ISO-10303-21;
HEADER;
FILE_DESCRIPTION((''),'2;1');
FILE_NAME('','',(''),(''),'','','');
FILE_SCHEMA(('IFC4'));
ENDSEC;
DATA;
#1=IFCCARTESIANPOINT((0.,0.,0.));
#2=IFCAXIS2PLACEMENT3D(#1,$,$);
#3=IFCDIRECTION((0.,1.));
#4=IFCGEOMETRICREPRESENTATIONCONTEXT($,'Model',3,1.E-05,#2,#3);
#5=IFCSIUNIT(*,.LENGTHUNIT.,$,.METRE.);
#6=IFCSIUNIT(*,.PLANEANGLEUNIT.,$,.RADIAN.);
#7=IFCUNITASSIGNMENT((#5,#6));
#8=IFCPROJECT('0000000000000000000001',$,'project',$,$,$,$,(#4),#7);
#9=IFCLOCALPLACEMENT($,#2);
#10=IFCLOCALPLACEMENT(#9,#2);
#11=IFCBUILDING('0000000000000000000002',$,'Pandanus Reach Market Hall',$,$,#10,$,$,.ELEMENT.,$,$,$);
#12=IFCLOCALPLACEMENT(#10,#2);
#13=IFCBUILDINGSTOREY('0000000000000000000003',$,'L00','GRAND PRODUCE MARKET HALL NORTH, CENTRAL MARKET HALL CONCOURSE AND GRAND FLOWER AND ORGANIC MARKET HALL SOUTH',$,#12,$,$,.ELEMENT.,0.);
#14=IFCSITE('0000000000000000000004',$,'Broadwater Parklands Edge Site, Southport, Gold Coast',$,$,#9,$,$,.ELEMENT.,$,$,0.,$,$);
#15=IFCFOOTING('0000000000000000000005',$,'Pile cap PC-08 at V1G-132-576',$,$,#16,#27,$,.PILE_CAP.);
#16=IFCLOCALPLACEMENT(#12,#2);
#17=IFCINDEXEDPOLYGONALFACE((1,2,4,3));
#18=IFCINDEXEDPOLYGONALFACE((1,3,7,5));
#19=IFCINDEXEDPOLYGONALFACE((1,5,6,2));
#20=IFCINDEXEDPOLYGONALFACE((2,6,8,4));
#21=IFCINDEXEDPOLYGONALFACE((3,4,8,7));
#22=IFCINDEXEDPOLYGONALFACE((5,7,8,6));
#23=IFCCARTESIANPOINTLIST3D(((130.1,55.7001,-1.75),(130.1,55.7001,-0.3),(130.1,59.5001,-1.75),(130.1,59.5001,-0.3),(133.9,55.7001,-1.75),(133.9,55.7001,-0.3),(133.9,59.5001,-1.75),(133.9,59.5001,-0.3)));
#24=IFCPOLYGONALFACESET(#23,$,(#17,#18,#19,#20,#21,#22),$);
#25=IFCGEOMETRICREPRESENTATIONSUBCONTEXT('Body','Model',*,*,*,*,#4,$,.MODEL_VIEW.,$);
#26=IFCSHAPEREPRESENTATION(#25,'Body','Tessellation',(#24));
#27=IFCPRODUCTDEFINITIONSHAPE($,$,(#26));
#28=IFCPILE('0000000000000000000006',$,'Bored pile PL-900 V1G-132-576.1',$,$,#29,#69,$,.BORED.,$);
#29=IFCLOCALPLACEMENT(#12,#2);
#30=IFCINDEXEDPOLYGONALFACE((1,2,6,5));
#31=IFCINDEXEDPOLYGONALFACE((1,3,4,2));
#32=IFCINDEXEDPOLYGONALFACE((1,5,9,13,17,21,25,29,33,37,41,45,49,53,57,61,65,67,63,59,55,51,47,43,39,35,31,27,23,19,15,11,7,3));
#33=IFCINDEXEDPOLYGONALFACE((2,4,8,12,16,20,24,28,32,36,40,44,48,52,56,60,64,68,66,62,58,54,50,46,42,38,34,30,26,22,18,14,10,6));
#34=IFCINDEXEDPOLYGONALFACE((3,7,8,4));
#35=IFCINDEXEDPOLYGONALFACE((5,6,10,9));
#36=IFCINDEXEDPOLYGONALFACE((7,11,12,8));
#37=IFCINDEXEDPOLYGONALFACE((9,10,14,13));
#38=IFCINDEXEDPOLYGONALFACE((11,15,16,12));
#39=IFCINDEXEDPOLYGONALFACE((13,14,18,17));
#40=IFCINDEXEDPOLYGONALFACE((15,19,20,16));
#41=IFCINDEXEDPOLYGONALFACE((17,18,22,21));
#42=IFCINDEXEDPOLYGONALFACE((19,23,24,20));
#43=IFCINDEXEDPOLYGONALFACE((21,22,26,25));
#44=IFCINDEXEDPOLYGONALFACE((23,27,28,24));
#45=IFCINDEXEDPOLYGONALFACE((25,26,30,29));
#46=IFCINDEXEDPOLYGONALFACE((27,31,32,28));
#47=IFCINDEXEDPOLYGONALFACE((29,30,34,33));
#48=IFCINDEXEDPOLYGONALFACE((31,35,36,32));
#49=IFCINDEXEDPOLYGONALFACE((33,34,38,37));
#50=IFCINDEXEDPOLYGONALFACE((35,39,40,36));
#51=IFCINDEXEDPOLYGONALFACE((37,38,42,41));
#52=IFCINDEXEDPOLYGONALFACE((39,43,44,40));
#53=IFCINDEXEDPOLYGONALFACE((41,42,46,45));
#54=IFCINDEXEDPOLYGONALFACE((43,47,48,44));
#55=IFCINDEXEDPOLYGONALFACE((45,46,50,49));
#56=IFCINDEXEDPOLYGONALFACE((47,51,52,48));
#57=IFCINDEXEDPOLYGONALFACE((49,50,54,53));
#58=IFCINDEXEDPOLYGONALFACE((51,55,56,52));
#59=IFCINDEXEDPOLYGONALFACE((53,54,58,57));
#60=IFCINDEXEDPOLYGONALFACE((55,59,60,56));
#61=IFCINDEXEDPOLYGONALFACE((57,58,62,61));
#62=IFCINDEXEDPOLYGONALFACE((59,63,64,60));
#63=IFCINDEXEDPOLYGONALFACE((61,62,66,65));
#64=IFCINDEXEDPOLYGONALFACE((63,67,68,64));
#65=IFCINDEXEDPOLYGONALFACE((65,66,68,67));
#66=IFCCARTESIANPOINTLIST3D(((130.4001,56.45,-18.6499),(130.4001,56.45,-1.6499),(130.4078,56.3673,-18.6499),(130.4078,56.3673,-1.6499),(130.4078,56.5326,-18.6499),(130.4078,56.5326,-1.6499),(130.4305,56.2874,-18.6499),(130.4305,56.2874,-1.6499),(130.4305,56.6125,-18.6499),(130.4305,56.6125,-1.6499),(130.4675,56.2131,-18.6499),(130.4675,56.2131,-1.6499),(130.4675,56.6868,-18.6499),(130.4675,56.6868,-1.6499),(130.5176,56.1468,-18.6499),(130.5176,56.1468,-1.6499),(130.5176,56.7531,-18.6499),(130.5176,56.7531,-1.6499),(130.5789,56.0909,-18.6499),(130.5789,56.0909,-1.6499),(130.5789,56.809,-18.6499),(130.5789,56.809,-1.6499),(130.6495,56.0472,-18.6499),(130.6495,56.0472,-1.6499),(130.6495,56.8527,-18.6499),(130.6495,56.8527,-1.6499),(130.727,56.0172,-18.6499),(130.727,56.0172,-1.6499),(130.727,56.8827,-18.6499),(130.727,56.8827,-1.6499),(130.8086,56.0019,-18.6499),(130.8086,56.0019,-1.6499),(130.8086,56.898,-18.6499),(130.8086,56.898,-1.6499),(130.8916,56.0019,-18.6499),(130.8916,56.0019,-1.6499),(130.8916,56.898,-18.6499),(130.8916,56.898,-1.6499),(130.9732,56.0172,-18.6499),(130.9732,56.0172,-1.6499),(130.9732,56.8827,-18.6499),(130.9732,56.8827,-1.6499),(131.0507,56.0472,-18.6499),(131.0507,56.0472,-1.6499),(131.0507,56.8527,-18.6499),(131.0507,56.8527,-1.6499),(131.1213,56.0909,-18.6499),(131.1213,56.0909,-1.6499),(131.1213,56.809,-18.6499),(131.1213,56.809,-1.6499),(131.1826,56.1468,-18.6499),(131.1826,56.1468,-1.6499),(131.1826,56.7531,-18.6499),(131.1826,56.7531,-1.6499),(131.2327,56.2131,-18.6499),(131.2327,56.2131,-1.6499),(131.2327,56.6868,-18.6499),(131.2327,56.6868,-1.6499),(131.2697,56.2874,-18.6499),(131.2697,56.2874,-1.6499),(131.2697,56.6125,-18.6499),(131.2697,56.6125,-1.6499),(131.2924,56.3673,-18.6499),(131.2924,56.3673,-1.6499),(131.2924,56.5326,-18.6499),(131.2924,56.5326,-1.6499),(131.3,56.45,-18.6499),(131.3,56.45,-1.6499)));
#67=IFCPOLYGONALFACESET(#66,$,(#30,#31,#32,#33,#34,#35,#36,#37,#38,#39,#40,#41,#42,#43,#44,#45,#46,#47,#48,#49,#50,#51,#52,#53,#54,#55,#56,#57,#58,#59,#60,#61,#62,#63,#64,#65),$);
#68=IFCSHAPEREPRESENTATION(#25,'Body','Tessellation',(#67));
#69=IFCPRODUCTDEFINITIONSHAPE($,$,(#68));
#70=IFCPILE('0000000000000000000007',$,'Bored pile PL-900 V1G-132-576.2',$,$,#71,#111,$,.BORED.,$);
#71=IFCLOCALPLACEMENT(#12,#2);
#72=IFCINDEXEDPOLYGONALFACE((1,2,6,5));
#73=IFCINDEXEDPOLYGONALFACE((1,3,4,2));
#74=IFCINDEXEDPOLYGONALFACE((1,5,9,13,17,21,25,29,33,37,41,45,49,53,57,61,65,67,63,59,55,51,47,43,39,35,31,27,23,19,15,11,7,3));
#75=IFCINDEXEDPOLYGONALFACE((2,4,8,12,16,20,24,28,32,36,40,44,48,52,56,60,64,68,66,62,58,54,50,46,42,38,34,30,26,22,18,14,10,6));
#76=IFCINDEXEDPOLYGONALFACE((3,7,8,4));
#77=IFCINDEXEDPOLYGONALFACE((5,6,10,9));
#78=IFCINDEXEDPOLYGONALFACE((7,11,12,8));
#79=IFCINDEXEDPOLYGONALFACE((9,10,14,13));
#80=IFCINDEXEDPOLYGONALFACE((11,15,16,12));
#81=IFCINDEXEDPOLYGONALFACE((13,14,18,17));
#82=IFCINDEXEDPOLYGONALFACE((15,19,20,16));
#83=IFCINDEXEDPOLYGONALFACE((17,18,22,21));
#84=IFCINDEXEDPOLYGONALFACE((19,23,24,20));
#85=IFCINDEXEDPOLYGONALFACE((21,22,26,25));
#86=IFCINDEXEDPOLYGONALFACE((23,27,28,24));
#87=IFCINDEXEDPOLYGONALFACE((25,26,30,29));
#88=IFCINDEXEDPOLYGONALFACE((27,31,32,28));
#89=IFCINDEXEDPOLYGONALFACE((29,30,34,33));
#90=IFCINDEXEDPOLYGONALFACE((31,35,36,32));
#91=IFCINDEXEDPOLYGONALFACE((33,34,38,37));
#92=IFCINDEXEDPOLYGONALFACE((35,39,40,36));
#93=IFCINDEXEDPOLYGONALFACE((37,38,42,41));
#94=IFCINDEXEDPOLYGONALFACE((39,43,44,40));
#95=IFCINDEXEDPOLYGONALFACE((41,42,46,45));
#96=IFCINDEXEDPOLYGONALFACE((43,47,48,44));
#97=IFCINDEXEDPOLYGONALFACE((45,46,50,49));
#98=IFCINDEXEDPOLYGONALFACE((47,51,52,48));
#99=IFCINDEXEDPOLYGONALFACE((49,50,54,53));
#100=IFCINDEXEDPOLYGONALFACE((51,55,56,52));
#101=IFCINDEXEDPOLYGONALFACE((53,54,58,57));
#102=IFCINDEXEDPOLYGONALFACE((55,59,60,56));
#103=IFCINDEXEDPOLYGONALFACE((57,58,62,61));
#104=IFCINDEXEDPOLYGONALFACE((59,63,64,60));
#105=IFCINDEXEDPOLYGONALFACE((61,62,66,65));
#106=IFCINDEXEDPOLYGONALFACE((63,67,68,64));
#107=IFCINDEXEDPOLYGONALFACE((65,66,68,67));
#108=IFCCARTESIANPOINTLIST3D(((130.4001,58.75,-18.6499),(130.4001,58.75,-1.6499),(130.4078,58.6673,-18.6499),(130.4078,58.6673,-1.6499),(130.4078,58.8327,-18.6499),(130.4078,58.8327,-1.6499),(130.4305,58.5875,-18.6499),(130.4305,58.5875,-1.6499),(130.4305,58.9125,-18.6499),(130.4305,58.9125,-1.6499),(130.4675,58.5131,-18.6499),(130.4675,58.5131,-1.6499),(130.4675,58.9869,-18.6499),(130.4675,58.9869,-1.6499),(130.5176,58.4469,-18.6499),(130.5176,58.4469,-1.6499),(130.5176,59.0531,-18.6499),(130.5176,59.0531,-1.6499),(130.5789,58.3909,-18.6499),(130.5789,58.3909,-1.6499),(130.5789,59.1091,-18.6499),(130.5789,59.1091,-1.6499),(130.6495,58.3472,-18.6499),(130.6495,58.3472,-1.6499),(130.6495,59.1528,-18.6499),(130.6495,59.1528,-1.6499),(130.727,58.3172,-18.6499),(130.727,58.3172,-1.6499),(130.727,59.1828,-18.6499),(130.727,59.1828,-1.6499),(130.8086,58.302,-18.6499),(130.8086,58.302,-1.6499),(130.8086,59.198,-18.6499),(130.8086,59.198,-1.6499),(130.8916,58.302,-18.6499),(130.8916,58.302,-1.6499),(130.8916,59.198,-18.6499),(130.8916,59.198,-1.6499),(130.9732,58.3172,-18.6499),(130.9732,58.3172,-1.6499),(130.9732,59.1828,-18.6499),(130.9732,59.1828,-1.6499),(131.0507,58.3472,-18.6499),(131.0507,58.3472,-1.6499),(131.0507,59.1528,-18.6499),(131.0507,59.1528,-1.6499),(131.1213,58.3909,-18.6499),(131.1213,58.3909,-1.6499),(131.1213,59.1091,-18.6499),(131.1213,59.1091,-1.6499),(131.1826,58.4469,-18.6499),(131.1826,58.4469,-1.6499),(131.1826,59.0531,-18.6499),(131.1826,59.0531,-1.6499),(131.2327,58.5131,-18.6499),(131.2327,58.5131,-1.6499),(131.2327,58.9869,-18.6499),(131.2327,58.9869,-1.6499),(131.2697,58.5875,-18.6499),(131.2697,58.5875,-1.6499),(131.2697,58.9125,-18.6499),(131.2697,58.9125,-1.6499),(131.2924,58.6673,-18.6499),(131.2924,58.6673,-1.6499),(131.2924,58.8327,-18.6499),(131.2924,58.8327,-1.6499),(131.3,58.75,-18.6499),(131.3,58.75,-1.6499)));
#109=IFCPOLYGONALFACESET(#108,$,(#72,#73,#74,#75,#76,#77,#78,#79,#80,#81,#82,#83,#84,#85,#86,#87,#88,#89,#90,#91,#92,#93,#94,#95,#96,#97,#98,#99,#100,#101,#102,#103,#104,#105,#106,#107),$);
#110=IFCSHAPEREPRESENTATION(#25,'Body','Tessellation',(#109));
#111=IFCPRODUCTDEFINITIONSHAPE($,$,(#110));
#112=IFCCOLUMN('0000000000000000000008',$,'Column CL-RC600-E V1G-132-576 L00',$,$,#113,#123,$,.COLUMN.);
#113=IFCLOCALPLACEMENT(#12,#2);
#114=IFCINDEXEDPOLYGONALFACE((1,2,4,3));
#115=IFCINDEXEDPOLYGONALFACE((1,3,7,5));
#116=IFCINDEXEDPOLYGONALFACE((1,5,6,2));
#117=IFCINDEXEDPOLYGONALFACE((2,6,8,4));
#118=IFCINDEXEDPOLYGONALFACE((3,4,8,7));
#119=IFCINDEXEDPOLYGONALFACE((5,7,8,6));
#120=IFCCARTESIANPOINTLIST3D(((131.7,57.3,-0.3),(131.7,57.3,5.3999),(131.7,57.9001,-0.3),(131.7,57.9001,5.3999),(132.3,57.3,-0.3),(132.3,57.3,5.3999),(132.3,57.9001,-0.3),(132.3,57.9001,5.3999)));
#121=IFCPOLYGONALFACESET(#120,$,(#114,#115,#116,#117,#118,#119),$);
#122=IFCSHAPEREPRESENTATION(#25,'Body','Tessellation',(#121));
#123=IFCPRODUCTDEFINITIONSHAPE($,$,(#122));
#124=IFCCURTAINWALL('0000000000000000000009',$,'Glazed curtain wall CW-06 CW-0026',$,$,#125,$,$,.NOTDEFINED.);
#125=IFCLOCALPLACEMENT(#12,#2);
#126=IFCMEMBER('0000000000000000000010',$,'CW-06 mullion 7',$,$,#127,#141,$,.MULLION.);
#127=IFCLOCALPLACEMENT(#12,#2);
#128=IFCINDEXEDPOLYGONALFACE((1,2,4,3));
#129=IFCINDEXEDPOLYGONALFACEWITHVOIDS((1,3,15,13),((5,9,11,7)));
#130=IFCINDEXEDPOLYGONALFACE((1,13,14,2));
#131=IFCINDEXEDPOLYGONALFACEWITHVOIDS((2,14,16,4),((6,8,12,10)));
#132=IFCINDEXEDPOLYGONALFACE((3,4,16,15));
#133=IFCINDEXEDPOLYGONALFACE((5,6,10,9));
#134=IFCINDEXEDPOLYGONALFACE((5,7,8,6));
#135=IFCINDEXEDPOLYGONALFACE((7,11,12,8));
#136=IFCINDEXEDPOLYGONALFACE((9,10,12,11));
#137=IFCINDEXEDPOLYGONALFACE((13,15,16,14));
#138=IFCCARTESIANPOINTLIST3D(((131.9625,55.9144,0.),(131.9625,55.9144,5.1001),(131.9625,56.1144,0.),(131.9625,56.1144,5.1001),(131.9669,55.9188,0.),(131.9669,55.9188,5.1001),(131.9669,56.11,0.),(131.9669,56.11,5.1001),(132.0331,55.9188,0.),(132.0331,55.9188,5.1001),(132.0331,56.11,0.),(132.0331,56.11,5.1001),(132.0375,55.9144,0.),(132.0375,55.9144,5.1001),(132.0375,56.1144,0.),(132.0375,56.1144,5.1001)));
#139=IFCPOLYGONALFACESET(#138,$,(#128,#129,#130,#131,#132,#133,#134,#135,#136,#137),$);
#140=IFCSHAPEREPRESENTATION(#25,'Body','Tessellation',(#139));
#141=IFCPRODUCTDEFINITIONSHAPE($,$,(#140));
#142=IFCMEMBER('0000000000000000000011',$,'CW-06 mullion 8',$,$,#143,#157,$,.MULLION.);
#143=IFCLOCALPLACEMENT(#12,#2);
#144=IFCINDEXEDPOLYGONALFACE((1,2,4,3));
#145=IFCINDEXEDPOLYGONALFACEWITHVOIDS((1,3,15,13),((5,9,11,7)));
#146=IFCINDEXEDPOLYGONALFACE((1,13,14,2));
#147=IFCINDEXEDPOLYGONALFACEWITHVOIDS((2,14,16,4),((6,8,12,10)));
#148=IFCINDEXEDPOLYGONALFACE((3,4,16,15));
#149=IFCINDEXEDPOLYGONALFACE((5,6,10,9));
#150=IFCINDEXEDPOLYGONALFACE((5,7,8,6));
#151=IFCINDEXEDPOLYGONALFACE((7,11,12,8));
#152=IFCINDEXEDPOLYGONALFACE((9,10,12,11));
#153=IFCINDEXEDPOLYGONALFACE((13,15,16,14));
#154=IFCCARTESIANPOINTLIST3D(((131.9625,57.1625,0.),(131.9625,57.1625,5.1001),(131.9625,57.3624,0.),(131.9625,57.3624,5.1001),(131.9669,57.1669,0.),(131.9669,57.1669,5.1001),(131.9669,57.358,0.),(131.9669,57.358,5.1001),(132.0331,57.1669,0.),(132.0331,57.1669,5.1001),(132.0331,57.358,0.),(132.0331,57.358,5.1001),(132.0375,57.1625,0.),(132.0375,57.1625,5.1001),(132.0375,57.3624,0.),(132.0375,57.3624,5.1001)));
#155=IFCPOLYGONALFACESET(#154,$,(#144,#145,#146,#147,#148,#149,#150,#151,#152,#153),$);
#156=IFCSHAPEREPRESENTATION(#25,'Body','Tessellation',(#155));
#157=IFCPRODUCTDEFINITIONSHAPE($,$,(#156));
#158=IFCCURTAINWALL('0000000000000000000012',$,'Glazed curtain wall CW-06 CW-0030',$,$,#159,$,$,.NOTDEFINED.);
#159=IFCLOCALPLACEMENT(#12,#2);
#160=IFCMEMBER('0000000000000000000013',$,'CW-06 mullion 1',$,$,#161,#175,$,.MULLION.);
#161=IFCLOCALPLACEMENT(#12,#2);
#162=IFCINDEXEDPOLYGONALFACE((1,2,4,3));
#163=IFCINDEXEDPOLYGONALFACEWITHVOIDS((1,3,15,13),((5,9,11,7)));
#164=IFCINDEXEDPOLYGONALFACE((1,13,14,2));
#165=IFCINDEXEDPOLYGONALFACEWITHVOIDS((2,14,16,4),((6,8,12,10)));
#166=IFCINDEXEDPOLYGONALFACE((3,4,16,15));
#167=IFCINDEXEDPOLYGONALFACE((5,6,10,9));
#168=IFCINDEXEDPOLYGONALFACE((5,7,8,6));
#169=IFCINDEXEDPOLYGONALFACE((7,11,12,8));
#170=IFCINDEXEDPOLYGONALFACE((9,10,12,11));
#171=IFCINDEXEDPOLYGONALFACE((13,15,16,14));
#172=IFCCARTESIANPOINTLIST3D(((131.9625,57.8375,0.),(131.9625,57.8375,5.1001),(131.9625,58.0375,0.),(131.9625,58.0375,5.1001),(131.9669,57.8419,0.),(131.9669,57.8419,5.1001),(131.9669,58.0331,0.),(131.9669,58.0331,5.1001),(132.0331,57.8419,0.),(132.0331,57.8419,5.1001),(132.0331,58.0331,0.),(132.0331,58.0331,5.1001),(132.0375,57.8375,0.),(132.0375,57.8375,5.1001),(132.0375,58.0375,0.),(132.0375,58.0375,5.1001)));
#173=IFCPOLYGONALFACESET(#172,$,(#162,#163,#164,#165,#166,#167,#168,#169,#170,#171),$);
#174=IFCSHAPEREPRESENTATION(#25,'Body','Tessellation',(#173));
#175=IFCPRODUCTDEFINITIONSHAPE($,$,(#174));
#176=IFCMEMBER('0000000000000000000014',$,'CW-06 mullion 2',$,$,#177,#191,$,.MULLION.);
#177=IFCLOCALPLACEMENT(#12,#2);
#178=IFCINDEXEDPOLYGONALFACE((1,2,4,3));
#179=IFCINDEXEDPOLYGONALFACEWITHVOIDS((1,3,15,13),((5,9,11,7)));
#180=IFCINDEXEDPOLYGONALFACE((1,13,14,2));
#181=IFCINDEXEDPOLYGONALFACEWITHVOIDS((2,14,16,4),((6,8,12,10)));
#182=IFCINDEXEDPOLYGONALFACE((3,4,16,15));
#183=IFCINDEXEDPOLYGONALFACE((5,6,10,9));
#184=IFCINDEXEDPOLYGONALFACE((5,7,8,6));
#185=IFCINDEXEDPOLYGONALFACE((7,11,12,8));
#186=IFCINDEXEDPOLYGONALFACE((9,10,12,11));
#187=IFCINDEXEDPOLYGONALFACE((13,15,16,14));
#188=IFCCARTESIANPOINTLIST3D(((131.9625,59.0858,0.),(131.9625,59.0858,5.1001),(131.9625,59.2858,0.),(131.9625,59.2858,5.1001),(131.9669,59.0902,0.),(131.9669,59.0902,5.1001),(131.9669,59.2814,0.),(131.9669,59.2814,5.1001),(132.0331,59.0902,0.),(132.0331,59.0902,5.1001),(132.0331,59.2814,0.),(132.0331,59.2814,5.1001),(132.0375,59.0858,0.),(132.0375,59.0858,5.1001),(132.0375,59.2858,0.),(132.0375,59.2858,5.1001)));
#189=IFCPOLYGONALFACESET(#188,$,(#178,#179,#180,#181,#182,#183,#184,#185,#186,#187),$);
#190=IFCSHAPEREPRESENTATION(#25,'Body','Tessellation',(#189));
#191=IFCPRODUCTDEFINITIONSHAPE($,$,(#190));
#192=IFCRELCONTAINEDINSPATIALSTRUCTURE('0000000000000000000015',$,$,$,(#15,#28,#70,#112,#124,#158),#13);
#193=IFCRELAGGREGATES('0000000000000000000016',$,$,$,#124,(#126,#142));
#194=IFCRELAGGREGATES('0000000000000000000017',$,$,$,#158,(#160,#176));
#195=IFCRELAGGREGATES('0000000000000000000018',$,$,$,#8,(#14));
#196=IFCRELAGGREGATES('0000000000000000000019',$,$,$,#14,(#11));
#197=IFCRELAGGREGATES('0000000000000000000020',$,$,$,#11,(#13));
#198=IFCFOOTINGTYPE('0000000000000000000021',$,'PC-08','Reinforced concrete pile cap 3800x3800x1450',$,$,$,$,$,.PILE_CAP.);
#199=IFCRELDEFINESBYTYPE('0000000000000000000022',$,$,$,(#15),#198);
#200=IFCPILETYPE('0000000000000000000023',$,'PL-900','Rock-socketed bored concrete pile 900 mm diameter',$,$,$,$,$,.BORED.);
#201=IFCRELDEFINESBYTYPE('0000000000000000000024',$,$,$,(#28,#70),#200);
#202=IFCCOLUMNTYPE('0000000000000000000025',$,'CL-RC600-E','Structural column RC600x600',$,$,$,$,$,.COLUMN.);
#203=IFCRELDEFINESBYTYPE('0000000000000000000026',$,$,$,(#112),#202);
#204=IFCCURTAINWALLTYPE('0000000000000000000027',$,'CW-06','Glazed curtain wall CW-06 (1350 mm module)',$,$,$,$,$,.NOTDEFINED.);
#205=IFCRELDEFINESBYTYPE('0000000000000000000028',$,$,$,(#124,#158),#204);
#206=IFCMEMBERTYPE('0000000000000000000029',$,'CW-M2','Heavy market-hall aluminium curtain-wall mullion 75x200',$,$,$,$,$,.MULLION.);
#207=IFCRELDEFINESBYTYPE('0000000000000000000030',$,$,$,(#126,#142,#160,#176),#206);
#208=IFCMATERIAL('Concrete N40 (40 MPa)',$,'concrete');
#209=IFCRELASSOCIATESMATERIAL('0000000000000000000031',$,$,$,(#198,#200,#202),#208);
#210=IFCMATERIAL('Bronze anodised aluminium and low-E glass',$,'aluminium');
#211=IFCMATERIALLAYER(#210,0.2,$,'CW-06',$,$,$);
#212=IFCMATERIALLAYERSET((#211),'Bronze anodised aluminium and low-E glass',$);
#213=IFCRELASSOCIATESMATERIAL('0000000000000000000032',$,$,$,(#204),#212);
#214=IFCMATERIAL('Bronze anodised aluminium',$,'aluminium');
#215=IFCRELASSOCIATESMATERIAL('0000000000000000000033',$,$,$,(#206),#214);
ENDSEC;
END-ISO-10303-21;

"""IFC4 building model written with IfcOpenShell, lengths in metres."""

from ifc_helpers import new_model, si_unit, direction, frame, origin, origin_2d, place, context, subcontext, project, spatial, rectangle, hollow_rectangle, circle, extrude, material, layer, layer_set, material_profile, profile_set, type_object, element, aggregate, save


model = new_model("IFC4")

# Units and contexts
model_context = context("Model", 3, precision=1e-05, world=origin(), true_north=direction((0.0, 1.0)))
body_context = subcontext(model_context, "Body", "Model", "MODEL_VIEW")
ifc_project = project(units=[si_unit("LENGTHUNIT", "METRE"), si_unit("PLANEANGLEUNIT", "RADIAN")], contexts=[model_context])

# Site, building, storey
site_placement = place(None, origin())
site = spatial("IfcSite", under=ifc_project, at=site_placement, Name="Broadwater Parklands Edge Site, Southport, Gold Coast", CompositionType="ELEMENT", RefElevation=0.0)
building_placement = place(site_placement, origin())
building = spatial("IfcBuilding", under=site, at=building_placement, Name="Pandanus Reach Market Hall", CompositionType="ELEMENT")
storey_placement = place(building_placement, origin())
storey = spatial("IfcBuildingStorey", under=building, at=storey_placement, Name="L00", Description="GRAND PRODUCE MARKET HALL NORTH, CENTRAL MARKET HALL CONCOURSE AND GRAND FLOWER AND ORGANIC MARKET HALL SOUTH", CompositionType="ELEMENT", Elevation=0.0)

# Footing
ifc_material_1 = material(Name="Concrete N40 (40 MPa)", Category="concrete")
footing_type = type_object("IfcFootingType", Name="PC-08", Description="Reinforced concrete pile cap 3800x3800x1450", PredefinedType="PILE_CAP", material=ifc_material_1)
footing_placement = place(storey_placement, frame((132.0, 57.6001, -1.75), z_axis=(0.0, 0.0, 1.0), x_axis=(1.0, 0.0, 0.0)))
element("IfcFooting", 1, at=footing_placement, inside=storey, type_object=footing_type, Name="Pile cap PC-08 at V1G-132-576", PredefinedType="PILE_CAP", context=body_context, shape_type="SweptSolid", body=[
    extrude(rectangle(XDim=3.8, YDim=3.8, at=origin_2d()), origin(), (0.0, 0.0, 1.0), 1.45),
])

# Piles
ifc_material_profile_1 = material_profile(ifc_material_1, circle(Radius=0.45, at=origin_2d()), Name="PILE-900D", Category="LoadBearing")
ifc_profile_set_1 = profile_set([ifc_material_profile_1], Name="Concrete N40 (40 MPa)")
pile_type = type_object("IfcPileType", Name="PL-900", Description="Rock-socketed bored concrete pile 900 mm diameter", PredefinedType="BORED", material=ifc_profile_set_1)
for number, where, z_axis, x_axis, name in (
    (2, (130.8501, 56.45, -1.6499), (0.0, 0.0, -1.0), (1.0, 0.0, 0.0), "Bored pile PL-900 V1G-132-576.1"),
    (3, (130.8501, 58.75, -1.6499), (0.0, 0.0, -1.0), (1.0, 0.0, 0.0), "Bored pile PL-900 V1G-132-576.2"),
):
    element("IfcPile", number, at=place(storey_placement, frame(where, z_axis=z_axis, x_axis=x_axis)), inside=storey, type_object=pile_type, Name=name, PredefinedType="BORED", context=body_context, shape_type="SweptSolid", body=[
        extrude(circle(Radius=0.45, at=origin_2d()), origin(), (0.0, 0.0, 1.0), 17.0),
    ])

# Column
ifc_material_profile_2 = material_profile(ifc_material_1, rectangle(XDim=0.6001, YDim=0.6001, at=origin_2d()), Name="RC600x600", Category="LoadBearing")
ifc_profile_set_2 = profile_set([ifc_material_profile_2], Name="Concrete N40 (40 MPa)")
column_type = type_object("IfcColumnType", Name="CL-RC600-E", Description="Structural column RC600x600", PredefinedType="COLUMN", material=ifc_profile_set_2)
column_placement = place(storey_placement, frame((132.0, 57.6001, -0.3), z_axis=(0.0, 0.0, 1.0), x_axis=(1.0, 0.0, 0.0)))
element("IfcColumn", 4, at=column_placement, inside=storey, type_object=column_type, Name="Column CL-RC600-E V1G-132-576 L00", PredefinedType="COLUMN", context=body_context, shape_type="SweptSolid", body=[
    extrude(rectangle(XDim=0.6001, YDim=0.6001, at=origin_2d()), origin(), (0.0, 0.0, 1.0), 5.7),
])

# Curtain walls, members
ifc_material_2 = material(Name="Bronze anodised aluminium and low-E glass", Category="aluminium")
ifc_layer_1 = layer(ifc_material_2, 0.2, Name="CW-06")
ifc_layer_set_1 = layer_set([ifc_layer_1], Name="Bronze anodised aluminium and low-E glass")
curtain_wall_type = type_object("IfcCurtainWallType", Name="CW-06", Description="Glazed curtain wall CW-06 (1350 mm module)", PredefinedType="NOTDEFINED", material=ifc_layer_set_1)
curtain_wall_1_placement = place(storey_placement, origin())
curtain_wall_1 = element("IfcCurtainWall", 5, at=curtain_wall_1_placement, inside=storey, type_object=curtain_wall_type, Name="Glazed curtain wall CW-06 CW-0026", PredefinedType="NOTDEFINED")
ifc_material_3 = material(Name="Bronze anodised aluminium", Category="aluminium")
ifc_material_profile_3 = material_profile(ifc_material_3, hollow_rectangle(XDim=0.075, YDim=0.2, WallThickness=0.0044, at=origin_2d()), Name="ALU75x200", Category="LoadBearing")
ifc_profile_set_3 = profile_set([ifc_material_profile_3], Name="Bronze anodised aluminium")
member_type_1 = type_object("IfcMemberType", Name="CW-M2", Description="Heavy market-hall aluminium curtain-wall mullion 75x200", PredefinedType="MULLION", material=ifc_profile_set_3)
member_1_placement = place(storey_placement, frame((132.0, 56.0144, 0.0), z_axis=(0.0, 0.0, 1.0), x_axis=(-1.0, 0.0, 0.0)))
member_1 = element("IfcMember", 6, at=member_1_placement, type_object=member_type_1, Name="CW-06 mullion 7", PredefinedType="MULLION", context=body_context, shape_type="SweptSolid", body=[
    extrude(hollow_rectangle(XDim=0.075, YDim=0.2, WallThickness=0.0044, at=origin_2d()), origin(), (0.0, 0.0, 1.0), 5.1001),
])
member_2_placement = place(storey_placement, frame((132.0, 57.2625, 0.0), z_axis=(0.0, 0.0, 1.0), x_axis=(-1.0, 0.0, 0.0)))
member_2 = element("IfcMember", 7, at=member_2_placement, type_object=member_type_1, Name="CW-06 mullion 8", PredefinedType="MULLION", context=body_context, shape_type="SweptSolid", body=[
    extrude(hollow_rectangle(XDim=0.075, YDim=0.2, WallThickness=0.0044, at=origin_2d()), origin(), (0.0, 0.0, 1.0), 5.1001),
])
curtain_wall_2_placement = place(storey_placement, origin())
curtain_wall_2 = element("IfcCurtainWall", 8, at=curtain_wall_2_placement, inside=storey, type_object=curtain_wall_type, Name="Glazed curtain wall CW-06 CW-0030", PredefinedType="NOTDEFINED")
member_3_placement = place(storey_placement, frame((132.0, 57.9375, 0.0), z_axis=(0.0, 0.0, 1.0), x_axis=(-1.0, 0.0, 0.0)))
member_3 = element("IfcMember", 9, at=member_3_placement, type_object=member_type_1, Name="CW-06 mullion 1", PredefinedType="MULLION", context=body_context, shape_type="SweptSolid", body=[
    extrude(hollow_rectangle(XDim=0.075, YDim=0.2, WallThickness=0.0044, at=origin_2d()), origin(), (0.0, 0.0, 1.0), 5.1001),
])
member_4_placement = place(storey_placement, frame((132.0, 59.1858, 0.0), z_axis=(0.0, 0.0, 1.0), x_axis=(-1.0, 0.0, 0.0)))
member_4 = element("IfcMember", 10, at=member_4_placement, type_object=member_type_1, Name="CW-06 mullion 2", PredefinedType="MULLION", context=body_context, shape_type="SweptSolid", body=[
    extrude(hollow_rectangle(XDim=0.075, YDim=0.2, WallThickness=0.0044, at=origin_2d()), origin(), (0.0, 0.0, 1.0), 5.1001),
])

aggregate(curtain_wall_1, [member_1, member_2])
aggregate(curtain_wall_2, [member_3, member_4])

save(model, "model.ifc")
